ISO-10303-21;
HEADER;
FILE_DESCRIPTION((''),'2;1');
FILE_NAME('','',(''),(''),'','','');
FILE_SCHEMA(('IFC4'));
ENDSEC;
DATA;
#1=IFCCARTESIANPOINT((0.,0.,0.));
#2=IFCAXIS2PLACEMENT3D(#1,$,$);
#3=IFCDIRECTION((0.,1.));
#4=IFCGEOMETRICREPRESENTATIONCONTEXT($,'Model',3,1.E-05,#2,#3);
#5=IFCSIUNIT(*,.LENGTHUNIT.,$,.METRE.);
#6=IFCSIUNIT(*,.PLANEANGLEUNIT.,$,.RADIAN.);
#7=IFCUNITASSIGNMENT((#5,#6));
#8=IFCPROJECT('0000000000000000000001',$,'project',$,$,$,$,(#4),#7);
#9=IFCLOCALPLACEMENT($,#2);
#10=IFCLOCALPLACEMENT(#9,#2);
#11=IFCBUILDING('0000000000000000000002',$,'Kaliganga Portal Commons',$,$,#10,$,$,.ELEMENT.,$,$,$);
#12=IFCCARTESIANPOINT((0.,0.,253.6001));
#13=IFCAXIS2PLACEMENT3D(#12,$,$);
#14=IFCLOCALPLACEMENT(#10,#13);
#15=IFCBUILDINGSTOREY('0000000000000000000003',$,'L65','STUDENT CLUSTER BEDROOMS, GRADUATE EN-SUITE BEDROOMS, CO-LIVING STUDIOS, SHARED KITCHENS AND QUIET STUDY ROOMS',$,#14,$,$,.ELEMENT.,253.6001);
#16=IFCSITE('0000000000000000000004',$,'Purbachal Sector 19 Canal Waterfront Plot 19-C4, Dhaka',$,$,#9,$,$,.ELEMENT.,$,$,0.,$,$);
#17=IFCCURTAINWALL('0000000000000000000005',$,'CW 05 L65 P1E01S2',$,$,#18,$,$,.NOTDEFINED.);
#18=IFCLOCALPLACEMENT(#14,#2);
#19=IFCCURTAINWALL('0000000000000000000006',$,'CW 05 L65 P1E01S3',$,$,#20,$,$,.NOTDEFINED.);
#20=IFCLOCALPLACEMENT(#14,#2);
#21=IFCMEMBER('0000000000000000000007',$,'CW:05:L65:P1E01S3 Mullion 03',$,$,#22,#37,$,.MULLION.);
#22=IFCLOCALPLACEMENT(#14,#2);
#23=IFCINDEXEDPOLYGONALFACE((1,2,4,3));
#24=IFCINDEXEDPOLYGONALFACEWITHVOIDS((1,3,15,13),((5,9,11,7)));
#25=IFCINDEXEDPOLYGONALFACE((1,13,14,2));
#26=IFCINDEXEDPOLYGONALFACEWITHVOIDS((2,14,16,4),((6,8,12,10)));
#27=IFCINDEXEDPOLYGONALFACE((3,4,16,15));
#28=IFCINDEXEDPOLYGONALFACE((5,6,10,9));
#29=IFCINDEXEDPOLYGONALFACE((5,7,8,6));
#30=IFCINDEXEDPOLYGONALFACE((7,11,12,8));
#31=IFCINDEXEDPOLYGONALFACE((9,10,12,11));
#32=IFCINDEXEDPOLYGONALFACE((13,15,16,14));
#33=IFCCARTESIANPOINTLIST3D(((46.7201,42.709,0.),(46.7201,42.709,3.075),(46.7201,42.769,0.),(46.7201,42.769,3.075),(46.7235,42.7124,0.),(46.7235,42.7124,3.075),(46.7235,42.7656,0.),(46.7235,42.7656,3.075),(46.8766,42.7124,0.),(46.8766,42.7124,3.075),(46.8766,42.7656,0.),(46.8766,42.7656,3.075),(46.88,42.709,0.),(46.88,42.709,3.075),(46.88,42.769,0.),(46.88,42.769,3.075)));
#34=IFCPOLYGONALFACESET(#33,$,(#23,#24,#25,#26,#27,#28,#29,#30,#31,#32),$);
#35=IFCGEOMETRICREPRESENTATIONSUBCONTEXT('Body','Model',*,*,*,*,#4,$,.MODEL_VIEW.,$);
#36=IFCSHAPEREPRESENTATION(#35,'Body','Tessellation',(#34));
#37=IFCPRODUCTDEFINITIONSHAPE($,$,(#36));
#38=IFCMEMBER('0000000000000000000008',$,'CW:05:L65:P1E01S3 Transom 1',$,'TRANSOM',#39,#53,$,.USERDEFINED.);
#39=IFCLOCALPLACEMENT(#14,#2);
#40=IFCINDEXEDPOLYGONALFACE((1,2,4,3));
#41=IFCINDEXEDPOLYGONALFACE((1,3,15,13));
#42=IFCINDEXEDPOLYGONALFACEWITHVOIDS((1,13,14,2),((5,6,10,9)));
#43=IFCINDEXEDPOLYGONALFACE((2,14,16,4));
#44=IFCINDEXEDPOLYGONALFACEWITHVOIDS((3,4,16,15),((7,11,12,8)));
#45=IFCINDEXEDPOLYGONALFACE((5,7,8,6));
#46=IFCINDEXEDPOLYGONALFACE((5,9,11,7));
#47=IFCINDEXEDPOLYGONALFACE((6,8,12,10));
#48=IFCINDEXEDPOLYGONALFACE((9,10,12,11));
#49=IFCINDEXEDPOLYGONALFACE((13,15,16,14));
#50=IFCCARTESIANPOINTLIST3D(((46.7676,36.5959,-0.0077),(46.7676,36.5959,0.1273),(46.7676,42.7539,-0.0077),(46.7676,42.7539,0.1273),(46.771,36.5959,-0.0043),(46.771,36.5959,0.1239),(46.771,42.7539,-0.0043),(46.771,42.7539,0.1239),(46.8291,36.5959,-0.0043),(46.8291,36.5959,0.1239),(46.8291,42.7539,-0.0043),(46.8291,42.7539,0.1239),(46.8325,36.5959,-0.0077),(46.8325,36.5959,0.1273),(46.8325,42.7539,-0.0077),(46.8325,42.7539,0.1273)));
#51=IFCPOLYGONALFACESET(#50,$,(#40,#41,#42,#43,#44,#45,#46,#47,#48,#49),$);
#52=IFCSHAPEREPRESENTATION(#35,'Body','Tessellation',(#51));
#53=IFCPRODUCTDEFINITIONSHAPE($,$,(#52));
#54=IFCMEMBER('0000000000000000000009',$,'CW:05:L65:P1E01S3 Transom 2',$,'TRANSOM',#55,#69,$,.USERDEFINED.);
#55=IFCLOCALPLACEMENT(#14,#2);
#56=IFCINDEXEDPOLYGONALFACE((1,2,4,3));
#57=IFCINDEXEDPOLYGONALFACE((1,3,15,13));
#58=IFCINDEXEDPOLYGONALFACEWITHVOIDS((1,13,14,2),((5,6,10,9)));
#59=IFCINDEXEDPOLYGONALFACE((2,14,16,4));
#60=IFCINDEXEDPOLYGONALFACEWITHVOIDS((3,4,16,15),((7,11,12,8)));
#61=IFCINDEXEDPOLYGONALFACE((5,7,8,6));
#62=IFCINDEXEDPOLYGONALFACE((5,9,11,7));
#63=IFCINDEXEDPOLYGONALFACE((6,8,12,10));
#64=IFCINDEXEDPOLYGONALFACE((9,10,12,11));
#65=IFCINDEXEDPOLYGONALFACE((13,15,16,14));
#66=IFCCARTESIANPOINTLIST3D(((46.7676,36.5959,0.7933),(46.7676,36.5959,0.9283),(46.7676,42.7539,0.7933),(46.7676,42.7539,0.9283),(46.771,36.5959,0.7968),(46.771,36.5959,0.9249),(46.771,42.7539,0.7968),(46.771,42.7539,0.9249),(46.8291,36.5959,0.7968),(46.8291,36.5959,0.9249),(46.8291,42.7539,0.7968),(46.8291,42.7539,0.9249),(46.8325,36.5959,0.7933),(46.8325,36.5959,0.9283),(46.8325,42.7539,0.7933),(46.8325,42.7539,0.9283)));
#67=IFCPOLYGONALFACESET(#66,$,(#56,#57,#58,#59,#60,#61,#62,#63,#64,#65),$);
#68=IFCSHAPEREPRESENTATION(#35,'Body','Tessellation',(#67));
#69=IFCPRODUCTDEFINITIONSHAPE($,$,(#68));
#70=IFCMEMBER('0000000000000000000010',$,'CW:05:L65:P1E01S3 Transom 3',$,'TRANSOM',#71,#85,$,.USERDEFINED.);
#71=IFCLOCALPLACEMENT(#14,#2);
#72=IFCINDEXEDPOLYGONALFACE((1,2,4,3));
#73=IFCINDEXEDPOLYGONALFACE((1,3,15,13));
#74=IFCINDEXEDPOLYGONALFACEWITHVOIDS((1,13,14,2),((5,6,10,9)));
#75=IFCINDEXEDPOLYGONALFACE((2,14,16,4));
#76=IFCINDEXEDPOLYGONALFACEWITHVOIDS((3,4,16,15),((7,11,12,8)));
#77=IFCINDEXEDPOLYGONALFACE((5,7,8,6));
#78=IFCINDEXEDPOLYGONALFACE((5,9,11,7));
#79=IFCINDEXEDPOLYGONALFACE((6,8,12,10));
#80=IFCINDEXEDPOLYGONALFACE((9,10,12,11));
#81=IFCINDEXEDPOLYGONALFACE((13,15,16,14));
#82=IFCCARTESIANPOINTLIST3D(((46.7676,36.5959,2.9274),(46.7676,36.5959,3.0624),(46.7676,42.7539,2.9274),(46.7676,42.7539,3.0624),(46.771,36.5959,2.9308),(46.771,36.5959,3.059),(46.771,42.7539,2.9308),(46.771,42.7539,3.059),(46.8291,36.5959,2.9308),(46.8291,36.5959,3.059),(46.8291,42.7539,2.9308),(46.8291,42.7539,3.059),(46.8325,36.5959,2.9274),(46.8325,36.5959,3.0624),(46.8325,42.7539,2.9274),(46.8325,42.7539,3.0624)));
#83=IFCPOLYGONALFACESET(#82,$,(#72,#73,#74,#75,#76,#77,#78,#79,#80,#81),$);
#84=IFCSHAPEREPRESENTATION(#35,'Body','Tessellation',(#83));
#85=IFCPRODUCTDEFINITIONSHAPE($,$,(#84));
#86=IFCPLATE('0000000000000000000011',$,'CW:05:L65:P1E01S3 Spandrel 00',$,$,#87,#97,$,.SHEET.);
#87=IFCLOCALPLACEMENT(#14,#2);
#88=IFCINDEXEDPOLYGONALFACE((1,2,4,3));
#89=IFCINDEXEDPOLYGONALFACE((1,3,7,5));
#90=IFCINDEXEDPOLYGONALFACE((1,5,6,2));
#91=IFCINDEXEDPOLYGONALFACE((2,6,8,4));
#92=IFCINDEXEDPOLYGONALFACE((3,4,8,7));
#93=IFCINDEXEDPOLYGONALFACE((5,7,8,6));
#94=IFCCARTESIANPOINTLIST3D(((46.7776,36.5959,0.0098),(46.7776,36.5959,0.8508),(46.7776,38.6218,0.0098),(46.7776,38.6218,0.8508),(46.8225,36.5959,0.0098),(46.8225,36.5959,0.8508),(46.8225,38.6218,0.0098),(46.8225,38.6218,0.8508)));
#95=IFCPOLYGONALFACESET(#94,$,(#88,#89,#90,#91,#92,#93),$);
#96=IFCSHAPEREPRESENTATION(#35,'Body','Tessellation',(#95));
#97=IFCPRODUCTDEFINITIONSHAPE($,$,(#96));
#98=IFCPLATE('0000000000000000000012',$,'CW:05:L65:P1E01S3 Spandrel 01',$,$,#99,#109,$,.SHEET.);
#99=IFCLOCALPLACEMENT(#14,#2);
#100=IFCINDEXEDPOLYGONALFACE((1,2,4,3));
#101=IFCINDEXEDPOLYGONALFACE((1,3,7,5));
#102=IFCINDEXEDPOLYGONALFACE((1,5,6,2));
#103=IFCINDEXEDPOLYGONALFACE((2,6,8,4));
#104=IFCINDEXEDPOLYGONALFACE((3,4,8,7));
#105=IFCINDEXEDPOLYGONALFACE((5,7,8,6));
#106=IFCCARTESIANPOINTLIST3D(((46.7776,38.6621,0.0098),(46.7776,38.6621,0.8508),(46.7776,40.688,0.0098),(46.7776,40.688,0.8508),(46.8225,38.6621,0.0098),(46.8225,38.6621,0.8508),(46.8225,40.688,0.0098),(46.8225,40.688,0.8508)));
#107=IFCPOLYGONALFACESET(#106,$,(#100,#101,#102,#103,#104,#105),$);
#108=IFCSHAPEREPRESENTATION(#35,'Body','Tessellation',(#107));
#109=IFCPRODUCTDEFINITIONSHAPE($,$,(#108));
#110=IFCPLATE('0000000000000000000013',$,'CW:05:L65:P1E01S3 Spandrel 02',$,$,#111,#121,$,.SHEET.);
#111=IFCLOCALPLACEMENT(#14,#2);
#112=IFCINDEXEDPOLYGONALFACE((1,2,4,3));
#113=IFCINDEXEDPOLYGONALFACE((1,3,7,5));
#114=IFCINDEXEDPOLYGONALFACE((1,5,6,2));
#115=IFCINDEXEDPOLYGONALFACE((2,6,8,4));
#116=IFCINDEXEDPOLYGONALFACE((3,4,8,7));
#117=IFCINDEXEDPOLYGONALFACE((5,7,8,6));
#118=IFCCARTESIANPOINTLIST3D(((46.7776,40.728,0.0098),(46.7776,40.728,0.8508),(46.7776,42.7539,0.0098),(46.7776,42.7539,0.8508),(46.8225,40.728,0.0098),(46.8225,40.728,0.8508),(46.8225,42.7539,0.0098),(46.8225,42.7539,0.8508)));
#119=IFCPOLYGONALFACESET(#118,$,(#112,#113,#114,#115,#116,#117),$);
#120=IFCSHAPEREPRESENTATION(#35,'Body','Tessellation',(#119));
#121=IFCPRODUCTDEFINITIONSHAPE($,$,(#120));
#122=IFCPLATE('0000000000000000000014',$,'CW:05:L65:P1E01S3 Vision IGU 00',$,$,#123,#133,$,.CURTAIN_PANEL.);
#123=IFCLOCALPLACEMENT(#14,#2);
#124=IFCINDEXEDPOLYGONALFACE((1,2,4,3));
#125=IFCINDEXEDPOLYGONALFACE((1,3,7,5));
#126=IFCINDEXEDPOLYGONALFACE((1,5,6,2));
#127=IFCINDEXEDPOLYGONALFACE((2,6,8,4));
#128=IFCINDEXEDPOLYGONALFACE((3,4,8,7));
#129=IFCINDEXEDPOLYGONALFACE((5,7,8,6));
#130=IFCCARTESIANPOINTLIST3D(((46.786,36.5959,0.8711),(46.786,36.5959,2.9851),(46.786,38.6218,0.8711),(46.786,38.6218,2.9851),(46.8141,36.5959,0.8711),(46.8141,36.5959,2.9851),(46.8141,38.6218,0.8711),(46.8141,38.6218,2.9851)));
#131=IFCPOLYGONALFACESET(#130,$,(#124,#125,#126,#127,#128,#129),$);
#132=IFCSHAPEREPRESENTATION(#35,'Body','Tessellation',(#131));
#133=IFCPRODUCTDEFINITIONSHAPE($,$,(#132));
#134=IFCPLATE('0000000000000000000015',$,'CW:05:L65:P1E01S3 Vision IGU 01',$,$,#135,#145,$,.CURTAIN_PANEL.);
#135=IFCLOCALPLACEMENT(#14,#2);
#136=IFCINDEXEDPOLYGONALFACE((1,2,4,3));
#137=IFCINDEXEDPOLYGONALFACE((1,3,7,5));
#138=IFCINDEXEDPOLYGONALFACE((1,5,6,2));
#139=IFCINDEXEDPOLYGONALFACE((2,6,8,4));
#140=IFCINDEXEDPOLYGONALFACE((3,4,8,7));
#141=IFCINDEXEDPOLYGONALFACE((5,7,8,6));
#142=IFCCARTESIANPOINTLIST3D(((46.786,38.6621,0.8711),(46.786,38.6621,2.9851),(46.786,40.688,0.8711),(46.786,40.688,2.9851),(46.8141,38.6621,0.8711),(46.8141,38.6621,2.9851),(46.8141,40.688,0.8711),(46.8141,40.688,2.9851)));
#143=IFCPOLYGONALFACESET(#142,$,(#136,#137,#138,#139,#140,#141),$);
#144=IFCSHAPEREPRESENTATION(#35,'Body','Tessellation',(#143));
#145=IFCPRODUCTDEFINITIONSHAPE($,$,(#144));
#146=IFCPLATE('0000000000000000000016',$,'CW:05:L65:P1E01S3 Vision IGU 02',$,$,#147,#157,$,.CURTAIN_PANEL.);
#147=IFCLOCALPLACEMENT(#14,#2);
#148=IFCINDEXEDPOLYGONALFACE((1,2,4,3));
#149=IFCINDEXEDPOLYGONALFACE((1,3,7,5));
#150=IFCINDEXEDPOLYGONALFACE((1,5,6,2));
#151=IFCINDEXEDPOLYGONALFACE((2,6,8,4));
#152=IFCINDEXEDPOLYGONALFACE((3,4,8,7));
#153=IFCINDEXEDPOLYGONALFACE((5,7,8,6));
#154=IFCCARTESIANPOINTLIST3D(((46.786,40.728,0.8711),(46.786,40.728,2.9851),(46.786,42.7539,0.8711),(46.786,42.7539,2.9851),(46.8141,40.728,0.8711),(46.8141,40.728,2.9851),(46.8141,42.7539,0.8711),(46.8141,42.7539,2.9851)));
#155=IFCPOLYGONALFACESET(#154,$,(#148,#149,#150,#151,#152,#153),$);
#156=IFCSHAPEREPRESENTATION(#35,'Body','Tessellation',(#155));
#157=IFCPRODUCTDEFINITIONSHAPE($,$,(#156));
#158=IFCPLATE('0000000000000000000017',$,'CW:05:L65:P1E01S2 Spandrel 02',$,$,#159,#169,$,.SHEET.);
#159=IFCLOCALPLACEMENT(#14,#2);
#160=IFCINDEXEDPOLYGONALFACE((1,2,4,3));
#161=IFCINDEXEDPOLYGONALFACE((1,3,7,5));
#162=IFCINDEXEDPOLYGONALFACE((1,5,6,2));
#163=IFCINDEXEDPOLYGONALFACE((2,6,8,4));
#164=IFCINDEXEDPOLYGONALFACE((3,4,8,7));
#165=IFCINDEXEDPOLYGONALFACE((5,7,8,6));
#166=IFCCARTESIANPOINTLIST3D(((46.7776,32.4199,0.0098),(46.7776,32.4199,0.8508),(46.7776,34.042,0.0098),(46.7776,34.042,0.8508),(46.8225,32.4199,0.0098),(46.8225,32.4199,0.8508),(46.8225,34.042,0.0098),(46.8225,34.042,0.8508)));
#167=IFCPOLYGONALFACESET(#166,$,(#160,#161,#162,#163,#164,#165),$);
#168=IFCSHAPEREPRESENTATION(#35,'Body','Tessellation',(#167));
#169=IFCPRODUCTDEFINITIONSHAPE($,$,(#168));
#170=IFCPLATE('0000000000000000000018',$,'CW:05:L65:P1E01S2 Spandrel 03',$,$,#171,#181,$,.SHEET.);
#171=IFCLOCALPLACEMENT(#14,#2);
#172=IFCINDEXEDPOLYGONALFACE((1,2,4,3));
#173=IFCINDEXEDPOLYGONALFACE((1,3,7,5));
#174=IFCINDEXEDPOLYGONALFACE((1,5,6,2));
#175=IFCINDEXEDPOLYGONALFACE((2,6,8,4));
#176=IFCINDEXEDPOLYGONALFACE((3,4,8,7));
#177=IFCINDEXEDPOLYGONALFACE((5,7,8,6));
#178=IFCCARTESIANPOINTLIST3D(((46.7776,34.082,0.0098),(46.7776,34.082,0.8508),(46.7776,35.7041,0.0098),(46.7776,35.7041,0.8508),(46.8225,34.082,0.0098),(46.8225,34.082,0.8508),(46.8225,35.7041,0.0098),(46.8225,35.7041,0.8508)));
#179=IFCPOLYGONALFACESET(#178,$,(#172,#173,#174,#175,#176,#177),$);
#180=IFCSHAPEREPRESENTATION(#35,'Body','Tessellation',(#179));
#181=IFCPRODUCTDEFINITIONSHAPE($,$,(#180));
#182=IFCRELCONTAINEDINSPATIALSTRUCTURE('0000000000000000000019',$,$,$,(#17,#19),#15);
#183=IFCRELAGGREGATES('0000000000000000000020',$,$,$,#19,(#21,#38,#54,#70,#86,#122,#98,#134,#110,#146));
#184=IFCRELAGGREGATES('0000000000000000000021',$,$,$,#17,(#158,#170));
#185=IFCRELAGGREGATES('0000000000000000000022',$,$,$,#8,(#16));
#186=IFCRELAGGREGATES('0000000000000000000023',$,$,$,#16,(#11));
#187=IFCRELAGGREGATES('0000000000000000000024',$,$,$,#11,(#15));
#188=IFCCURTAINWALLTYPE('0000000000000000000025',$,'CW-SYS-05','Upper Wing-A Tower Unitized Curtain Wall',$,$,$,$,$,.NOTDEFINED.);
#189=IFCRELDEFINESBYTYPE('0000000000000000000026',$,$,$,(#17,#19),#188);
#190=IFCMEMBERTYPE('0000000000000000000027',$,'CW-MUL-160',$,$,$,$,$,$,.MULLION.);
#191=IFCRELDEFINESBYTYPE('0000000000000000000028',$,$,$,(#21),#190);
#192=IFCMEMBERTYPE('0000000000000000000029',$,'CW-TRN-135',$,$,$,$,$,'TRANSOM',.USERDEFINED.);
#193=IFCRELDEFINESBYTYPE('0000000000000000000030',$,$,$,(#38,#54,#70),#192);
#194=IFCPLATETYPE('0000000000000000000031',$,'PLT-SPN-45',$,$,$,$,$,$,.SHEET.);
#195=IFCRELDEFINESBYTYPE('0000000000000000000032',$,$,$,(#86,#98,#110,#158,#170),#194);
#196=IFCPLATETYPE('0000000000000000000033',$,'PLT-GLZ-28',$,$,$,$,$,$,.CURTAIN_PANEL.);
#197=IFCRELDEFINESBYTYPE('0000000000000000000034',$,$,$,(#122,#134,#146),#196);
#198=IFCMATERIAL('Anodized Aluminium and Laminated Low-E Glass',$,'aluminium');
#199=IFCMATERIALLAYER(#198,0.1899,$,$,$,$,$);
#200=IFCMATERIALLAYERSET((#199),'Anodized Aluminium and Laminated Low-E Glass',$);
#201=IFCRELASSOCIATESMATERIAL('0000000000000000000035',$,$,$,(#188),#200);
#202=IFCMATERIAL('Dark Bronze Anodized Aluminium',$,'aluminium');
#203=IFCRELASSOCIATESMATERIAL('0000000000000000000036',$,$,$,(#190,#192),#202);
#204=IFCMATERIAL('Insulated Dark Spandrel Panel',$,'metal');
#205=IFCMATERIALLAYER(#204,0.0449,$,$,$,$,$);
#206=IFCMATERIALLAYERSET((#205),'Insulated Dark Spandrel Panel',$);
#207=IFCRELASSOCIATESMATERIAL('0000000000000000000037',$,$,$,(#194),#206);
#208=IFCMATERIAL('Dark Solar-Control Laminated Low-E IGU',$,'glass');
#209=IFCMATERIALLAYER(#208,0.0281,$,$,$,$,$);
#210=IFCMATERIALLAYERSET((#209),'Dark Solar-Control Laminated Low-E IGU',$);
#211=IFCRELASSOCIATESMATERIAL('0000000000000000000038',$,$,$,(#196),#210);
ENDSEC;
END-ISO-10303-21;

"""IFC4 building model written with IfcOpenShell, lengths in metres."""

from ifc_helpers import new_model, si_unit, direction, frame, origin, origin_2d, place, context, subcontext, project, spatial, rectangle, hollow_rectangle, extrude, source, transform, mapped, material, layer, layer_set, material_profile, profile_set, type_object, element, aggregate, save


model = new_model("IFC4")

# Units and contexts
model_context = context("Model", 3, precision=1e-05, world=origin(), true_north=direction((0.0, 1.0)))
body_context = subcontext(model_context, "Body", "Model", "MODEL_VIEW")
ifc_project = project(units=[si_unit("LENGTHUNIT", "METRE"), si_unit("PLANEANGLEUNIT", "RADIAN")], contexts=[model_context])

# Site, building, storey
site_placement = place(None, origin())
site = spatial("IfcSite", under=ifc_project, at=site_placement, Name="Purbachal Sector 19 Canal Waterfront Plot 19-C4, Dhaka", CompositionType="ELEMENT", RefElevation=0.0)
building_placement = place(site_placement, origin())
building = spatial("IfcBuilding", under=site, at=building_placement, Name="Kaliganga Portal Commons", CompositionType="ELEMENT")
storey_placement = place(building_placement, frame((0.0, 0.0, 253.6001)))
storey = spatial("IfcBuildingStorey", under=building, at=storey_placement, Name="L65", Description="STUDENT CLUSTER BEDROOMS, GRADUATE EN-SUITE BEDROOMS, CO-LIVING STUDIOS, SHARED KITCHENS AND QUIET STUDY ROOMS", CompositionType="ELEMENT", Elevation=253.6001)

# Curtain wall
ifc_material_1 = material(Name="Anodized Aluminium and Laminated Low-E Glass", Category="aluminium")
ifc_layer_1 = layer(ifc_material_1, 0.1899)
ifc_layer_set_1 = layer_set([ifc_layer_1], Name="Anodized Aluminium and Laminated Low-E Glass")
curtain_wall_type = type_object("IfcCurtainWallType", Name="CW-SYS-05", Description="Upper Wing-A Tower Unitized Curtain Wall", PredefinedType="NOTDEFINED", material=ifc_layer_set_1)
curtain_wall_1_placement = place(storey_placement, origin())
curtain_wall_1 = element("IfcCurtainWall", 1, at=curtain_wall_1_placement, inside=storey, type_object=curtain_wall_type, Name="CW 05 L65 P1E01S2", PredefinedType="NOTDEFINED")
ifc_material_2 = material(Name="Dark Bronze Anodized Aluminium", Category="aluminium")
ifc_material_profile_1 = material_profile(ifc_material_2, hollow_rectangle(XDim=0.0601, YDim=0.1599, WallThickness=0.0034, at=origin_2d()), Name="ALU MULL 60x160x3.5")
ifc_profile_set_1 = profile_set([ifc_material_profile_1], Name="Dark Bronze Anodized Aluminium")
member_type_1 = type_object("IfcMemberType", Name="CW-MUL-160", PredefinedType="MULLION", material=ifc_profile_set_1)
shared_shape_1 = source(origin(), body_context, "Body", "SweptSolid", [
    extrude(hollow_rectangle(XDim=0.0601, YDim=0.1599, WallThickness=0.0034, at=origin_2d()), origin(), (0.0, 0.0, 1.0), 3.075),
])

# Curtain wall, members, plates
curtain_wall_2_placement = place(storey_placement, origin())
curtain_wall_2 = element("IfcCurtainWall", 2, at=curtain_wall_2_placement, inside=storey, type_object=curtain_wall_type, Name="CW 05 L65 P1E01S3", PredefinedType="NOTDEFINED")
member_1_placement = place(storey_placement, frame((46.8, 42.739, 0.0), z_axis=(0.0, 0.0, 1.0), x_axis=(0.0, 1.0, 0.0)))
member_1 = element("IfcMember", 3, at=member_1_placement, type_object=member_type_1, Name="CW:05:L65:P1E01S3 Mullion 03", PredefinedType="MULLION", context=body_context, shape_type="MappedRepresentation", body=[
    mapped(shared_shape_1, transform((0.0, 0.0, 0.0), x_axis=(1.0, 0.0, 0.0), y_axis=(0.0, 1.0, 0.0), z_axis=(0.0, 0.0, 1.0), scale=1.0)),
])
ifc_material_profile_2 = material_profile(ifc_material_2, hollow_rectangle(XDim=0.0649, YDim=0.135, WallThickness=0.0034, at=origin_2d()), Name="ALU TRAN 65x135x3.5")
ifc_profile_set_2 = profile_set([ifc_material_profile_2], Name="Dark Bronze Anodized Aluminium")
member_type_2 = type_object("IfcMemberType", Name="CW-TRN-135", ElementType="TRANSOM", PredefinedType="USERDEFINED", material=ifc_profile_set_2)
shared_shape_2 = source(origin(), body_context, "Body", "SweptSolid", [
    extrude(hollow_rectangle(XDim=0.0649, YDim=0.135, WallThickness=0.0034, at=origin_2d()), origin(), (0.0, 0.0, 1.0), 6.158),
])
member_2_placement = place(storey_placement, frame((46.8, 36.5959, 0.0598), z_axis=(0.0, 1.0, 0.0), x_axis=(-1.0, 0.0, 0.0)))
member_2 = element("IfcMember", 4, at=member_2_placement, type_object=member_type_2, Name="CW:05:L65:P1E01S3 Transom 1", ObjectType="TRANSOM", PredefinedType="USERDEFINED", context=body_context, shape_type="MappedRepresentation", body=[
    mapped(shared_shape_2, transform((0.0, 0.0, 0.0), x_axis=(1.0, 0.0, 0.0), y_axis=(0.0, 1.0, 0.0), z_axis=(0.0, 0.0, 1.0), scale=1.0)),
])
member_3_placement = place(storey_placement, frame((46.8, 36.5959, 0.8608), z_axis=(0.0, 1.0, 0.0), x_axis=(-1.0, 0.0, 0.0)))
member_3 = element("IfcMember", 5, at=member_3_placement, type_object=member_type_2, Name="CW:05:L65:P1E01S3 Transom 2", ObjectType="TRANSOM", PredefinedType="USERDEFINED", context=body_context, shape_type="MappedRepresentation", body=[
    mapped(shared_shape_2, transform((0.0, 0.0, 0.0), x_axis=(1.0, 0.0, 0.0), y_axis=(0.0, 1.0, 0.0), z_axis=(0.0, 0.0, 1.0), scale=1.0)),
])
member_4_placement = place(storey_placement, frame((46.8, 36.5959, 2.9949), z_axis=(0.0, 1.0, 0.0), x_axis=(-1.0, 0.0, 0.0)))
member_4 = element("IfcMember", 6, at=member_4_placement, type_object=member_type_2, Name="CW:05:L65:P1E01S3 Transom 3", ObjectType="TRANSOM", PredefinedType="USERDEFINED", context=body_context, shape_type="MappedRepresentation", body=[
    mapped(shared_shape_2, transform((0.0, 0.0, 0.0), x_axis=(1.0, 0.0, 0.0), y_axis=(0.0, 1.0, 0.0), z_axis=(0.0, 0.0, 1.0), scale=1.0)),
])
ifc_material_3 = material(Name="Insulated Dark Spandrel Panel", Category="metal")
ifc_layer_2 = layer(ifc_material_3, 0.0449)
ifc_layer_set_2 = layer_set([ifc_layer_2], Name="Insulated Dark Spandrel Panel")
plate_type_1 = type_object("IfcPlateType", Name="PLT-SPN-45", PredefinedType="SHEET", material=ifc_layer_set_2)
shared_shape_3 = source(origin(), body_context, "Body", "SweptSolid", [
    extrude(rectangle(XDim=2.0259, YDim=0.0449, at=origin_2d()), origin(), (0.0, 0.0, 1.0), 0.8411),
])
plate_1_placement = place(storey_placement, frame((46.8, 37.6089, 0.0098), z_axis=(0.0, 0.0, 1.0), x_axis=(0.0, 1.0, 0.0)))
plate_1 = element("IfcPlate", 7, at=plate_1_placement, type_object=plate_type_1, Name="CW:05:L65:P1E01S3 Spandrel 00", PredefinedType="SHEET", context=body_context, shape_type="MappedRepresentation", body=[
    mapped(shared_shape_3, transform((0.0, 0.0, 0.0), x_axis=(1.0, 0.0, 0.0), y_axis=(0.0, 1.0, 0.0), z_axis=(0.0, 0.0, 1.0), scale=1.0)),
])
plate_2_placement = place(storey_placement, frame((46.8, 39.675, 0.0098), z_axis=(0.0, 0.0, 1.0), x_axis=(0.0, 1.0, 0.0)))
plate_2 = element("IfcPlate", 8, at=plate_2_placement, type_object=plate_type_1, Name="CW:05:L65:P1E01S3 Spandrel 01", PredefinedType="SHEET", context=body_context, shape_type="MappedRepresentation", body=[
    mapped(shared_shape_3, transform((0.0, 0.0, 0.0), x_axis=(1.0, 0.0, 0.0), y_axis=(0.0, 1.0, 0.0), z_axis=(0.0, 0.0, 1.0), scale=1.0)),
])
plate_3_placement = place(storey_placement, frame((46.8, 41.741, 0.0098), z_axis=(0.0, 0.0, 1.0), x_axis=(0.0, 1.0, 0.0)))
plate_3 = element("IfcPlate", 9, at=plate_3_placement, type_object=plate_type_1, Name="CW:05:L65:P1E01S3 Spandrel 02", PredefinedType="SHEET", context=body_context, shape_type="MappedRepresentation", body=[
    mapped(shared_shape_3, transform((0.0, 0.0, 0.0), x_axis=(1.0, 0.0, 0.0), y_axis=(0.0, 1.0, 0.0), z_axis=(0.0, 0.0, 1.0), scale=1.0)),
])
ifc_material_4 = material(Name="Dark Solar-Control Laminated Low-E IGU", Category="glass")
ifc_layer_3 = layer(ifc_material_4, 0.0281)
ifc_layer_set_3 = layer_set([ifc_layer_3], Name="Dark Solar-Control Laminated Low-E IGU")
plate_type_2 = type_object("IfcPlateType", Name="PLT-GLZ-28", PredefinedType="CURTAIN_PANEL", material=ifc_layer_set_3)
shared_shape_4 = source(origin(), body_context, "Body", "SweptSolid", [
    extrude(rectangle(XDim=2.0259, YDim=0.0281, at=origin_2d()), origin(), (0.0, 0.0, 1.0), 2.114),
])
plate_4_placement = place(storey_placement, frame((46.8, 37.6089, 0.8711), z_axis=(0.0, 0.0, 1.0), x_axis=(0.0, 1.0, 0.0)))
plate_4 = element("IfcPlate", 10, at=plate_4_placement, type_object=plate_type_2, Name="CW:05:L65:P1E01S3 Vision IGU 00", PredefinedType="CURTAIN_PANEL", context=body_context, shape_type="MappedRepresentation", body=[
    mapped(shared_shape_4, transform((0.0, 0.0, 0.0), x_axis=(1.0, 0.0, 0.0), y_axis=(0.0, 1.0, 0.0), z_axis=(0.0, 0.0, 1.0), scale=1.0)),
])
plate_5_placement = place(storey_placement, frame((46.8, 39.675, 0.8711), z_axis=(0.0, 0.0, 1.0), x_axis=(0.0, 1.0, 0.0)))
plate_5 = element("IfcPlate", 11, at=plate_5_placement, type_object=plate_type_2, Name="CW:05:L65:P1E01S3 Vision IGU 01", PredefinedType="CURTAIN_PANEL", context=body_context, shape_type="MappedRepresentation", body=[
    mapped(shared_shape_4, transform((0.0, 0.0, 0.0), x_axis=(1.0, 0.0, 0.0), y_axis=(0.0, 1.0, 0.0), z_axis=(0.0, 0.0, 1.0), scale=1.0)),
])
plate_6_placement = place(storey_placement, frame((46.8, 41.741, 0.8711), z_axis=(0.0, 0.0, 1.0), x_axis=(0.0, 1.0, 0.0)))
plate_6 = element("IfcPlate", 12, at=plate_6_placement, type_object=plate_type_2, Name="CW:05:L65:P1E01S3 Vision IGU 02", PredefinedType="CURTAIN_PANEL", context=body_context, shape_type="MappedRepresentation", body=[
    mapped(shared_shape_4, transform((0.0, 0.0, 0.0), x_axis=(1.0, 0.0, 0.0), y_axis=(0.0, 1.0, 0.0), z_axis=(0.0, 0.0, 1.0), scale=1.0)),
])
aggregate(curtain_wall_2, [member_1, member_2, member_3, member_4, plate_1, plate_4, plate_2, plate_5, plate_3, plate_6])

# Plates
shared_shape_5 = source(origin(), body_context, "Body", "SweptSolid", [
    extrude(rectangle(XDim=1.6221, YDim=0.0449, at=origin_2d()), origin(), (0.0, 0.0, 1.0), 0.8411),
])
plate_7_placement = place(storey_placement, frame((46.8, 33.231, 0.0098), z_axis=(0.0, 0.0, 1.0), x_axis=(0.0, 1.0, 0.0)))
plate_7 = element("IfcPlate", 13, at=plate_7_placement, type_object=plate_type_1, Name="CW:05:L65:P1E01S2 Spandrel 02", PredefinedType="SHEET", context=body_context, shape_type="MappedRepresentation", body=[
    mapped(shared_shape_5, transform((0.0, 0.0, 0.0), x_axis=(1.0, 0.0, 0.0), y_axis=(0.0, 1.0, 0.0), z_axis=(0.0, 0.0, 1.0), scale=1.0)),
])
plate_8_placement = place(storey_placement, frame((46.8, 34.8931, 0.0098), z_axis=(0.0, 0.0, 1.0), x_axis=(0.0, 1.0, 0.0)))
plate_8 = element("IfcPlate", 14, at=plate_8_placement, type_object=plate_type_1, Name="CW:05:L65:P1E01S2 Spandrel 03", PredefinedType="SHEET", context=body_context, shape_type="MappedRepresentation", body=[
    mapped(shared_shape_5, transform((0.0, 0.0, 0.0), x_axis=(1.0, 0.0, 0.0), y_axis=(0.0, 1.0, 0.0), z_axis=(0.0, 0.0, 1.0), scale=1.0)),
])
aggregate(curtain_wall_1, [plate_7, plate_8])

save(model, "model.ifc")
